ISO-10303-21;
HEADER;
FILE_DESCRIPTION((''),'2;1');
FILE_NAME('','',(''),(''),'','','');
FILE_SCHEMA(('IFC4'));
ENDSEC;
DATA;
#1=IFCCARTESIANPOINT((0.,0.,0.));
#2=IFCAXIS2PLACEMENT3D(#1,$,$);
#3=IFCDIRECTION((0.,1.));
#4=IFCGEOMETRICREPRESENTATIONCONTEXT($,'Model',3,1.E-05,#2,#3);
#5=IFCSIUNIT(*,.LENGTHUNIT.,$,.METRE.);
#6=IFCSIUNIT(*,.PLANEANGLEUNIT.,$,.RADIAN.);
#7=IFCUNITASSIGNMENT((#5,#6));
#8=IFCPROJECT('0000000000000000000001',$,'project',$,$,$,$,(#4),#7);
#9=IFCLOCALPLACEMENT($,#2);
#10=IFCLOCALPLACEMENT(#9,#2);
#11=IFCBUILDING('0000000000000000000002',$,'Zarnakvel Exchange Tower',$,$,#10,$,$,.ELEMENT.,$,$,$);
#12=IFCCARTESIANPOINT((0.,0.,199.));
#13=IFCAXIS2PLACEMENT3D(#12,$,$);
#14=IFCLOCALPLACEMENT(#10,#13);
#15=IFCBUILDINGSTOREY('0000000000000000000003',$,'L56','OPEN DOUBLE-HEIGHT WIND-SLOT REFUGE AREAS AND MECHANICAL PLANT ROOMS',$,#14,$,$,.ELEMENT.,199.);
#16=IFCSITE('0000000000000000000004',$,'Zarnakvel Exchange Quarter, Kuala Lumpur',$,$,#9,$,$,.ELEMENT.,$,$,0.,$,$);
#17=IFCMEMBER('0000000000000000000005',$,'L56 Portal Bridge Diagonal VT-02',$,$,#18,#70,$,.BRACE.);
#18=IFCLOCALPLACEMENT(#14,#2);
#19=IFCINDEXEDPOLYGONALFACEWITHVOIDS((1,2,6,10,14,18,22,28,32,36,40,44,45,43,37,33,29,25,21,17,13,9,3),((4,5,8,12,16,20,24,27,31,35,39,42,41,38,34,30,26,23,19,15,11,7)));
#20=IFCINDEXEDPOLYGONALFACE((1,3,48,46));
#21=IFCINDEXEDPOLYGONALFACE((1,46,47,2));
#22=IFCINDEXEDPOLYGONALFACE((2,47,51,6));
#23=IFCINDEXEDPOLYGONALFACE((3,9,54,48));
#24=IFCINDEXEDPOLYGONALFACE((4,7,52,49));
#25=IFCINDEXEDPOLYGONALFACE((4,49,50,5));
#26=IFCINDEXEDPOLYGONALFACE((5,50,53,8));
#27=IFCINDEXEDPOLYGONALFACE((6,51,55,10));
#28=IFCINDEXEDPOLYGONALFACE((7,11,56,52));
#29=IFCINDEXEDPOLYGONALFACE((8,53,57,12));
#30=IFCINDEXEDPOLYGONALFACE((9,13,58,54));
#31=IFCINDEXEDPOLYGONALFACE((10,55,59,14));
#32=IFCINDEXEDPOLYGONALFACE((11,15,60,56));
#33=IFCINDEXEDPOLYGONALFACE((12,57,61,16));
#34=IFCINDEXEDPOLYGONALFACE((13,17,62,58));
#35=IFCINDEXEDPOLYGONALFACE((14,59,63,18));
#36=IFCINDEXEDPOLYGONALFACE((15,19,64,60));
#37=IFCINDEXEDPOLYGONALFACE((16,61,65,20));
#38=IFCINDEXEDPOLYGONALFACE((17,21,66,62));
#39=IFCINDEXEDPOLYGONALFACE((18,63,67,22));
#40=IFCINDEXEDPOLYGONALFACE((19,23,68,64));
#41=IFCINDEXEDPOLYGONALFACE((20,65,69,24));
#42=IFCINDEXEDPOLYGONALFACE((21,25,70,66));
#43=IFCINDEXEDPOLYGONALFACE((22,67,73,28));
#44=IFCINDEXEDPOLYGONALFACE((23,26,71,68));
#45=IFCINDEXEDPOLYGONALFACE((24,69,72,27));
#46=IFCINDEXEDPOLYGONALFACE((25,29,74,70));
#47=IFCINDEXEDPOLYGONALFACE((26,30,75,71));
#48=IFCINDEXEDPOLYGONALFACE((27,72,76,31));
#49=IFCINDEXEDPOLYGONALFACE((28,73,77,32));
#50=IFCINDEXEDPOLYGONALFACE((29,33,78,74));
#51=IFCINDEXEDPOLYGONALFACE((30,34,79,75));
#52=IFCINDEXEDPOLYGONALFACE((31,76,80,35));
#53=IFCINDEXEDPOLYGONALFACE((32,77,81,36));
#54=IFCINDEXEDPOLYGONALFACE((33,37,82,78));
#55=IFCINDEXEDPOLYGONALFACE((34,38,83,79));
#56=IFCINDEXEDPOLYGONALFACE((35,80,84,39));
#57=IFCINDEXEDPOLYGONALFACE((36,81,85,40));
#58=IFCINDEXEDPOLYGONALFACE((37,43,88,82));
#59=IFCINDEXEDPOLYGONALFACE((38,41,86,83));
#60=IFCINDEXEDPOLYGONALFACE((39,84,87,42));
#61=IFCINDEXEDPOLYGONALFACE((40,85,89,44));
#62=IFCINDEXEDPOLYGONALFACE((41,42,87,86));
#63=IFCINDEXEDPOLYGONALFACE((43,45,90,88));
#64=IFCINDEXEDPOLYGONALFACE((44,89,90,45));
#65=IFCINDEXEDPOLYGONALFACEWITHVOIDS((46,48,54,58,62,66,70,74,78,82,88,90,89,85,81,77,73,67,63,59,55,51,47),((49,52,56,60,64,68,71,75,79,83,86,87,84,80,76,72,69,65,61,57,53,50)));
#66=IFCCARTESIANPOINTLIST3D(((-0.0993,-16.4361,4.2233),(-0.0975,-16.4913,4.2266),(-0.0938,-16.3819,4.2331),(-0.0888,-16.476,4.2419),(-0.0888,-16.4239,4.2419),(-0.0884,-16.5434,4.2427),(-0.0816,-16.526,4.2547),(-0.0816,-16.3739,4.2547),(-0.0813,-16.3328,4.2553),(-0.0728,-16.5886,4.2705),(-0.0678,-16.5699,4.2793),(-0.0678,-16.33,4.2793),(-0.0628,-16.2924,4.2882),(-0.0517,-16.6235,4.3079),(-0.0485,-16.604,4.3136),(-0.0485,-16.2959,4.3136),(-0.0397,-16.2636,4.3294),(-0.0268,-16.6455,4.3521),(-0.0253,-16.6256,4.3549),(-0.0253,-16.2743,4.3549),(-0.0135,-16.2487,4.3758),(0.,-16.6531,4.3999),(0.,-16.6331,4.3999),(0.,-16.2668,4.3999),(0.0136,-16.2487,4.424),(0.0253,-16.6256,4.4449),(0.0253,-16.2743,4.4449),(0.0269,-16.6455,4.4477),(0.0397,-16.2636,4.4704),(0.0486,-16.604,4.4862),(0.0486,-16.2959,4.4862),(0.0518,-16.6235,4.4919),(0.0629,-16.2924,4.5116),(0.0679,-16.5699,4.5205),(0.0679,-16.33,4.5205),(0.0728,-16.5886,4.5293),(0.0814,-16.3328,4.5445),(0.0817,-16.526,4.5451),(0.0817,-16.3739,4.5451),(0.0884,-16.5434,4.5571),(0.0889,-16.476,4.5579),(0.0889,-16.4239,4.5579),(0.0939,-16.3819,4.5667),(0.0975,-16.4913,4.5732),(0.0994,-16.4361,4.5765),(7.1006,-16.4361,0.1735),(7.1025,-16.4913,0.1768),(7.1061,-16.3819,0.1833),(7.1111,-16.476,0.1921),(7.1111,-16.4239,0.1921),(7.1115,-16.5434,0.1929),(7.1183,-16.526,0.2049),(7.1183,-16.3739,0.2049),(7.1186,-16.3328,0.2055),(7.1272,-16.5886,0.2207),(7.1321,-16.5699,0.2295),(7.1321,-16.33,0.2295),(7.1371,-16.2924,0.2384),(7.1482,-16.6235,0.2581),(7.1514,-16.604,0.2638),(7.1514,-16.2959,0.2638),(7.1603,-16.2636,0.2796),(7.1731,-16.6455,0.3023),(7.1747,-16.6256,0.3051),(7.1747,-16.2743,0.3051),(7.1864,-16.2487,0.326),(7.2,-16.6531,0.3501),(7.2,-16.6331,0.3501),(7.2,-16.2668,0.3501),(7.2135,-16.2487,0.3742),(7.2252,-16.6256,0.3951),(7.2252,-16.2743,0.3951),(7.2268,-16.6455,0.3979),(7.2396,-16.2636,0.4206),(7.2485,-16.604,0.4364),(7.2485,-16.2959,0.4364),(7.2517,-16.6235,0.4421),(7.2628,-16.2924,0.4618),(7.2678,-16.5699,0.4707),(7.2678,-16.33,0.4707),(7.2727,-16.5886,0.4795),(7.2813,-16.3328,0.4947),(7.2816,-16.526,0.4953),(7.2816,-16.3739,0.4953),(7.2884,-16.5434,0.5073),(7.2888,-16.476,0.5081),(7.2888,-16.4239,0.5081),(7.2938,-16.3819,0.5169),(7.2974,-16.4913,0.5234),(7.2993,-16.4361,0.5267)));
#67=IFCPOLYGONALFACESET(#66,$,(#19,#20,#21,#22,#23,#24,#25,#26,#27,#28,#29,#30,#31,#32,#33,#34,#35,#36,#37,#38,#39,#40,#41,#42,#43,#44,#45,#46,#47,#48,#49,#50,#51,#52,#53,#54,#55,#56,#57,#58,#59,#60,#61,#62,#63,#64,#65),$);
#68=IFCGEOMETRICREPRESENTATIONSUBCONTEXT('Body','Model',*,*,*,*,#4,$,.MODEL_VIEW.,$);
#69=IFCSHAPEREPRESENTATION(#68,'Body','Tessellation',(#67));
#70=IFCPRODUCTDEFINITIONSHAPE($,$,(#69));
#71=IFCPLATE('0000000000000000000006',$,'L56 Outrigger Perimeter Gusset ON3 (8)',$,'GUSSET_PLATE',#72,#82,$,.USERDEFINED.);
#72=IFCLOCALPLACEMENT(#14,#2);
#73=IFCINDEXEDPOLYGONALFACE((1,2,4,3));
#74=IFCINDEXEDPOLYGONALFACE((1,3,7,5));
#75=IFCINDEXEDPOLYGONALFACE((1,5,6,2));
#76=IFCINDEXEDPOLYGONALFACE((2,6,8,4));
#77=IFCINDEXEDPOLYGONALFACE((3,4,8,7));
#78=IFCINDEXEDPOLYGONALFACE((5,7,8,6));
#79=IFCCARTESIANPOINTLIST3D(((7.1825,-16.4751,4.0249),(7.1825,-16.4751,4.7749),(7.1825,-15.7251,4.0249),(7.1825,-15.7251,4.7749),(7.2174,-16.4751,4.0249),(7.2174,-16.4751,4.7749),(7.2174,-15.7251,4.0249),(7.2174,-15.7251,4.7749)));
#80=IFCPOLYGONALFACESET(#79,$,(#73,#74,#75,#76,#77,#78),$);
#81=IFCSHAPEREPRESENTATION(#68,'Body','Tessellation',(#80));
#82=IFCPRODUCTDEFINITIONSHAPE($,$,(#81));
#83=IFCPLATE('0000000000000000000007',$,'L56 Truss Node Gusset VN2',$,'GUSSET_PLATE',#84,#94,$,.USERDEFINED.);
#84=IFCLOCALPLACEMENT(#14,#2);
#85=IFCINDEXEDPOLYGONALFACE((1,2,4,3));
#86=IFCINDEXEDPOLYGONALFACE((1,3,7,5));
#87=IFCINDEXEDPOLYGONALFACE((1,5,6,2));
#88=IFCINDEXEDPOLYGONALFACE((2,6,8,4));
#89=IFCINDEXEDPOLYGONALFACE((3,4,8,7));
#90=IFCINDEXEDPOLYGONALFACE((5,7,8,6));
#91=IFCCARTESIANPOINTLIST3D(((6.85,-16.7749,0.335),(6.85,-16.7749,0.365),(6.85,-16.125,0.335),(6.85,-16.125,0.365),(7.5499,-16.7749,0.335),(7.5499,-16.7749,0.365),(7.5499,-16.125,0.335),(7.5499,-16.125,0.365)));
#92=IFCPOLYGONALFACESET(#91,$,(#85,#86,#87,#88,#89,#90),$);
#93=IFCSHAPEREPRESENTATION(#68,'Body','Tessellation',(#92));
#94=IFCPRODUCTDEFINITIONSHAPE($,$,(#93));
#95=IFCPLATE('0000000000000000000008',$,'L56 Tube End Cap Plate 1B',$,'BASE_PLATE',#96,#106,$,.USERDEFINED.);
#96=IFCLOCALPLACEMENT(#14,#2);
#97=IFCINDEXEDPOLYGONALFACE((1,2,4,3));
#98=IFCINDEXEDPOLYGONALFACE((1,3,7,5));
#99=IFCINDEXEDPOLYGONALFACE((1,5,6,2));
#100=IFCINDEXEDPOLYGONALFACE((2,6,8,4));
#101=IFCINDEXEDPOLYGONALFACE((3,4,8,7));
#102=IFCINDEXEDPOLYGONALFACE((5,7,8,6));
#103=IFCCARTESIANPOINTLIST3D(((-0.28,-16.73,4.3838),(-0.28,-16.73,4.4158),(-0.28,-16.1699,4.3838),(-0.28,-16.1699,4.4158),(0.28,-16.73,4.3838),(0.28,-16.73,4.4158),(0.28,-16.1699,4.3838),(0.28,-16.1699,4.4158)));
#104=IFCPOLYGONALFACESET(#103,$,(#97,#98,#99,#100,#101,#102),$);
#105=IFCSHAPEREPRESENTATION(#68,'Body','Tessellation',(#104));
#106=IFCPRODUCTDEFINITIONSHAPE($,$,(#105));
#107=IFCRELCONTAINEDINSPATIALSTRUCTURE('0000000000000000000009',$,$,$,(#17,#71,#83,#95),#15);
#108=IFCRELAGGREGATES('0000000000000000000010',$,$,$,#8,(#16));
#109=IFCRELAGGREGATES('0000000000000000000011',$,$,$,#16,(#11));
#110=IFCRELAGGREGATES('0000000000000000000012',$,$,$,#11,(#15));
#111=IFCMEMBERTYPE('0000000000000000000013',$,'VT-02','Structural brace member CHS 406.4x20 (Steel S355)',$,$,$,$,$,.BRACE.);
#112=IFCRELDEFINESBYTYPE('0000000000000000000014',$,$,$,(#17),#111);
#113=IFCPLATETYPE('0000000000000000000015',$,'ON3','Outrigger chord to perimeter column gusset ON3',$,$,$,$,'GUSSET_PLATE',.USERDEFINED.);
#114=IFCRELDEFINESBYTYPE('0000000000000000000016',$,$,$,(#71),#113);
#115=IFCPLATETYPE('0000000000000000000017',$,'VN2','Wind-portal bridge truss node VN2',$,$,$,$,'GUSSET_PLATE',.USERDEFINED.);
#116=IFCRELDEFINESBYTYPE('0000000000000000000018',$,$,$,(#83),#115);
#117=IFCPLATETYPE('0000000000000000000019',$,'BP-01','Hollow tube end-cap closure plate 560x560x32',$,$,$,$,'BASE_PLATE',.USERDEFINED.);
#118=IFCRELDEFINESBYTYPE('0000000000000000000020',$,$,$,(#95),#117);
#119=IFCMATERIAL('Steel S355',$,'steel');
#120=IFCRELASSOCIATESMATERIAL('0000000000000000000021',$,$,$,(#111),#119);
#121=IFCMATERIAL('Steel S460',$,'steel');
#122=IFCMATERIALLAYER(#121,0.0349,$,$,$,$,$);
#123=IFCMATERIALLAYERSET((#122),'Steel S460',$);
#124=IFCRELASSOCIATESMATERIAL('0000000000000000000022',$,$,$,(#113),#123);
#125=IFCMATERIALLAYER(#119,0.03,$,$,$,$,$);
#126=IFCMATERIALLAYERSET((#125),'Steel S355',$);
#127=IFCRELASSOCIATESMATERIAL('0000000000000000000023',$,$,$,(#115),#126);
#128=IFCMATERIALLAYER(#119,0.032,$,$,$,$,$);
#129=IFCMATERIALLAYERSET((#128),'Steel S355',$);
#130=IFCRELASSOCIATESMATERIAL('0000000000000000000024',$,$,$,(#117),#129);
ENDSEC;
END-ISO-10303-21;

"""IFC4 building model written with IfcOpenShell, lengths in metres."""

from ifc_helpers import new_model, si_unit, direction, frame, origin, origin_2d, place, context, subcontext, project, spatial, rectangle, hollow_circle, extrude, source, transform, mapped, material, layer, layer_set, material_profile, profile_set, type_object, element, save


model = new_model("IFC4")

# Units and contexts
model_context = context("Model", 3, precision=1e-05, world=origin(), true_north=direction((0.0, 1.0)))
body_context = subcontext(model_context, "Body", "Model", "MODEL_VIEW")
ifc_project = project(units=[si_unit("LENGTHUNIT", "METRE"), si_unit("PLANEANGLEUNIT", "RADIAN")], contexts=[model_context])

# Site, building, storey
site_placement = place(None, origin())
site = spatial("IfcSite", under=ifc_project, at=site_placement, Name="Zarnakvel Exchange Quarter, Kuala Lumpur", CompositionType="ELEMENT", RefElevation=0.0)
building_placement = place(site_placement, origin())
building = spatial("IfcBuilding", under=site, at=building_placement, Name="Zarnakvel Exchange Tower", CompositionType="ELEMENT")
storey_placement = place(building_placement, frame((0.0, 0.0, 199.0)))
storey = spatial("IfcBuildingStorey", under=building, at=storey_placement, Name="L56", Description="OPEN DOUBLE-HEIGHT WIND-SLOT REFUGE AREAS AND MECHANICAL PLANT ROOMS", CompositionType="ELEMENT", Elevation=199.0)

# Shared definitions
ifc_material_1 = material(Name="Steel S355", Category="steel")
ifc_material_2 = material(Name="Steel S460", Category="steel")

# Member
ifc_material_profile_1 = material_profile(ifc_material_1, hollow_circle(Radius=0.2031, WallThickness=0.02, at=origin_2d()))
ifc_profile_set_1 = profile_set([ifc_material_profile_1], Name="Steel S355")
member_type_1 = type_object("IfcMemberType", Name="VT-02", Description="Structural brace member CHS 406.4x20 (Steel S355)", PredefinedType="BRACE", material=ifc_profile_set_1)
shared_shape_1 = source(origin(), body_context, "Body", "SweptSolid", [
    extrude(hollow_circle(Radius=0.2031, WallThickness=0.02, at=origin_2d()), origin(), (0.0, 0.0, 1.0), 8.2607),
])
member_1_placement = place(storey_placement, frame((7.2, -16.45, 0.3501), z_axis=(-0.871584, 0.0, 0.490246), x_axis=(0.0, -1.0, 0.0)))
element("IfcMember", 1, at=member_1_placement, inside=storey, type_object=member_type_1, Name="L56 Portal Bridge Diagonal VT-02", PredefinedType="BRACE", context=body_context, shape_type="MappedRepresentation", body=[
    mapped(shared_shape_1, transform((0.0, 0.0, 0.0), x_axis=(1.0, 0.0, 0.0), y_axis=(0.0, 1.0, 0.0), z_axis=(0.0, 0.0, 1.0), scale=1.0)),
])

# Plates
ifc_layer_1 = layer(ifc_material_2, 0.0349)
ifc_layer_set_1 = layer_set([ifc_layer_1], Name="Steel S460")
plate_type_1 = type_object("IfcPlateType", Name="ON3", Description="Outrigger chord to perimeter column gusset ON3", ElementType="GUSSET_PLATE", PredefinedType="USERDEFINED", material=ifc_layer_set_1)
shared_shape_2 = source(origin(), body_context, "Body", "SweptSolid", [
    extrude(rectangle(XDim=0.0349, YDim=0.75, at=origin_2d()), origin(), (0.0, 0.0, 1.0), 0.75),
])
plate_1_placement = place(storey_placement, frame((7.2, -16.1001, 4.0249), z_axis=(0.0, 0.0, 1.0), x_axis=(1.0, 0.0, 0.0)))
element("IfcPlate", 2, at=plate_1_placement, inside=storey, type_object=plate_type_1, Name="L56 Outrigger Perimeter Gusset ON3 (8)", ObjectType="GUSSET_PLATE", PredefinedType="USERDEFINED", context=body_context, shape_type="MappedRepresentation", body=[
    mapped(shared_shape_2, transform((0.0, 0.0, 0.0), x_axis=(1.0, 0.0, 0.0), y_axis=(0.0, 1.0, 0.0), z_axis=(0.0, 0.0, 1.0), scale=1.0)),
])
ifc_layer_2 = layer(ifc_material_1, 0.03)
ifc_layer_set_2 = layer_set([ifc_layer_2], Name="Steel S355")
plate_type_2 = type_object("IfcPlateType", Name="VN2", Description="Wind-portal bridge truss node VN2", ElementType="GUSSET_PLATE", PredefinedType="USERDEFINED", material=ifc_layer_set_2)
shared_shape_3 = source(origin(), body_context, "Body", "SweptSolid", [
    extrude(rectangle(XDim=0.7, YDim=0.6499, at=origin_2d()), origin(), (0.0, 0.0, 1.0), 0.03),
])
plate_2_placement = place(storey_placement, frame((7.2, -16.45, 0.335), z_axis=(0.0, 0.0, 1.0), x_axis=(1.0, 0.0, 0.0)))
element("IfcPlate", 3, at=plate_2_placement, inside=storey, type_object=plate_type_2, Name="L56 Truss Node Gusset VN2", ObjectType="GUSSET_PLATE", PredefinedType="USERDEFINED", context=body_context, shape_type="MappedRepresentation", body=[
    mapped(shared_shape_3, transform((0.0, 0.0, 0.0), x_axis=(1.0, 0.0, 0.0), y_axis=(0.0, 1.0, 0.0), z_axis=(0.0, 0.0, 1.0), scale=1.0)),
])
ifc_layer_3 = layer(ifc_material_1, 0.032)
ifc_layer_set_3 = layer_set([ifc_layer_3], Name="Steel S355")
plate_type_3 = type_object("IfcPlateType", Name="BP-01", Description="Hollow tube end-cap closure plate 560x560x32", ElementType="BASE_PLATE", PredefinedType="USERDEFINED", material=ifc_layer_set_3)
shared_shape_4 = source(origin(), body_context, "Body", "SweptSolid", [
    extrude(rectangle(XDim=0.5601, YDim=0.5601, at=origin_2d()), origin(), (0.0, 0.0, 1.0), 0.032),
])
plate_3_placement = place(storey_placement, frame((0.0, -16.45, 4.3838), z_axis=(0.0, 0.0, 1.0), x_axis=(1.0, 0.0, 0.0)))
element("IfcPlate", 4, at=plate_3_placement, inside=storey, type_object=plate_type_3, Name="L56 Tube End Cap Plate 1B", ObjectType="BASE_PLATE", PredefinedType="USERDEFINED", context=body_context, shape_type="MappedRepresentation", body=[
    mapped(shared_shape_4, transform((0.0, 0.0, 0.0), x_axis=(1.0, 0.0, 0.0), y_axis=(0.0, 1.0, 0.0), z_axis=(0.0, 0.0, 1.0), scale=1.0)),
])

save(model, "model.ifc")
